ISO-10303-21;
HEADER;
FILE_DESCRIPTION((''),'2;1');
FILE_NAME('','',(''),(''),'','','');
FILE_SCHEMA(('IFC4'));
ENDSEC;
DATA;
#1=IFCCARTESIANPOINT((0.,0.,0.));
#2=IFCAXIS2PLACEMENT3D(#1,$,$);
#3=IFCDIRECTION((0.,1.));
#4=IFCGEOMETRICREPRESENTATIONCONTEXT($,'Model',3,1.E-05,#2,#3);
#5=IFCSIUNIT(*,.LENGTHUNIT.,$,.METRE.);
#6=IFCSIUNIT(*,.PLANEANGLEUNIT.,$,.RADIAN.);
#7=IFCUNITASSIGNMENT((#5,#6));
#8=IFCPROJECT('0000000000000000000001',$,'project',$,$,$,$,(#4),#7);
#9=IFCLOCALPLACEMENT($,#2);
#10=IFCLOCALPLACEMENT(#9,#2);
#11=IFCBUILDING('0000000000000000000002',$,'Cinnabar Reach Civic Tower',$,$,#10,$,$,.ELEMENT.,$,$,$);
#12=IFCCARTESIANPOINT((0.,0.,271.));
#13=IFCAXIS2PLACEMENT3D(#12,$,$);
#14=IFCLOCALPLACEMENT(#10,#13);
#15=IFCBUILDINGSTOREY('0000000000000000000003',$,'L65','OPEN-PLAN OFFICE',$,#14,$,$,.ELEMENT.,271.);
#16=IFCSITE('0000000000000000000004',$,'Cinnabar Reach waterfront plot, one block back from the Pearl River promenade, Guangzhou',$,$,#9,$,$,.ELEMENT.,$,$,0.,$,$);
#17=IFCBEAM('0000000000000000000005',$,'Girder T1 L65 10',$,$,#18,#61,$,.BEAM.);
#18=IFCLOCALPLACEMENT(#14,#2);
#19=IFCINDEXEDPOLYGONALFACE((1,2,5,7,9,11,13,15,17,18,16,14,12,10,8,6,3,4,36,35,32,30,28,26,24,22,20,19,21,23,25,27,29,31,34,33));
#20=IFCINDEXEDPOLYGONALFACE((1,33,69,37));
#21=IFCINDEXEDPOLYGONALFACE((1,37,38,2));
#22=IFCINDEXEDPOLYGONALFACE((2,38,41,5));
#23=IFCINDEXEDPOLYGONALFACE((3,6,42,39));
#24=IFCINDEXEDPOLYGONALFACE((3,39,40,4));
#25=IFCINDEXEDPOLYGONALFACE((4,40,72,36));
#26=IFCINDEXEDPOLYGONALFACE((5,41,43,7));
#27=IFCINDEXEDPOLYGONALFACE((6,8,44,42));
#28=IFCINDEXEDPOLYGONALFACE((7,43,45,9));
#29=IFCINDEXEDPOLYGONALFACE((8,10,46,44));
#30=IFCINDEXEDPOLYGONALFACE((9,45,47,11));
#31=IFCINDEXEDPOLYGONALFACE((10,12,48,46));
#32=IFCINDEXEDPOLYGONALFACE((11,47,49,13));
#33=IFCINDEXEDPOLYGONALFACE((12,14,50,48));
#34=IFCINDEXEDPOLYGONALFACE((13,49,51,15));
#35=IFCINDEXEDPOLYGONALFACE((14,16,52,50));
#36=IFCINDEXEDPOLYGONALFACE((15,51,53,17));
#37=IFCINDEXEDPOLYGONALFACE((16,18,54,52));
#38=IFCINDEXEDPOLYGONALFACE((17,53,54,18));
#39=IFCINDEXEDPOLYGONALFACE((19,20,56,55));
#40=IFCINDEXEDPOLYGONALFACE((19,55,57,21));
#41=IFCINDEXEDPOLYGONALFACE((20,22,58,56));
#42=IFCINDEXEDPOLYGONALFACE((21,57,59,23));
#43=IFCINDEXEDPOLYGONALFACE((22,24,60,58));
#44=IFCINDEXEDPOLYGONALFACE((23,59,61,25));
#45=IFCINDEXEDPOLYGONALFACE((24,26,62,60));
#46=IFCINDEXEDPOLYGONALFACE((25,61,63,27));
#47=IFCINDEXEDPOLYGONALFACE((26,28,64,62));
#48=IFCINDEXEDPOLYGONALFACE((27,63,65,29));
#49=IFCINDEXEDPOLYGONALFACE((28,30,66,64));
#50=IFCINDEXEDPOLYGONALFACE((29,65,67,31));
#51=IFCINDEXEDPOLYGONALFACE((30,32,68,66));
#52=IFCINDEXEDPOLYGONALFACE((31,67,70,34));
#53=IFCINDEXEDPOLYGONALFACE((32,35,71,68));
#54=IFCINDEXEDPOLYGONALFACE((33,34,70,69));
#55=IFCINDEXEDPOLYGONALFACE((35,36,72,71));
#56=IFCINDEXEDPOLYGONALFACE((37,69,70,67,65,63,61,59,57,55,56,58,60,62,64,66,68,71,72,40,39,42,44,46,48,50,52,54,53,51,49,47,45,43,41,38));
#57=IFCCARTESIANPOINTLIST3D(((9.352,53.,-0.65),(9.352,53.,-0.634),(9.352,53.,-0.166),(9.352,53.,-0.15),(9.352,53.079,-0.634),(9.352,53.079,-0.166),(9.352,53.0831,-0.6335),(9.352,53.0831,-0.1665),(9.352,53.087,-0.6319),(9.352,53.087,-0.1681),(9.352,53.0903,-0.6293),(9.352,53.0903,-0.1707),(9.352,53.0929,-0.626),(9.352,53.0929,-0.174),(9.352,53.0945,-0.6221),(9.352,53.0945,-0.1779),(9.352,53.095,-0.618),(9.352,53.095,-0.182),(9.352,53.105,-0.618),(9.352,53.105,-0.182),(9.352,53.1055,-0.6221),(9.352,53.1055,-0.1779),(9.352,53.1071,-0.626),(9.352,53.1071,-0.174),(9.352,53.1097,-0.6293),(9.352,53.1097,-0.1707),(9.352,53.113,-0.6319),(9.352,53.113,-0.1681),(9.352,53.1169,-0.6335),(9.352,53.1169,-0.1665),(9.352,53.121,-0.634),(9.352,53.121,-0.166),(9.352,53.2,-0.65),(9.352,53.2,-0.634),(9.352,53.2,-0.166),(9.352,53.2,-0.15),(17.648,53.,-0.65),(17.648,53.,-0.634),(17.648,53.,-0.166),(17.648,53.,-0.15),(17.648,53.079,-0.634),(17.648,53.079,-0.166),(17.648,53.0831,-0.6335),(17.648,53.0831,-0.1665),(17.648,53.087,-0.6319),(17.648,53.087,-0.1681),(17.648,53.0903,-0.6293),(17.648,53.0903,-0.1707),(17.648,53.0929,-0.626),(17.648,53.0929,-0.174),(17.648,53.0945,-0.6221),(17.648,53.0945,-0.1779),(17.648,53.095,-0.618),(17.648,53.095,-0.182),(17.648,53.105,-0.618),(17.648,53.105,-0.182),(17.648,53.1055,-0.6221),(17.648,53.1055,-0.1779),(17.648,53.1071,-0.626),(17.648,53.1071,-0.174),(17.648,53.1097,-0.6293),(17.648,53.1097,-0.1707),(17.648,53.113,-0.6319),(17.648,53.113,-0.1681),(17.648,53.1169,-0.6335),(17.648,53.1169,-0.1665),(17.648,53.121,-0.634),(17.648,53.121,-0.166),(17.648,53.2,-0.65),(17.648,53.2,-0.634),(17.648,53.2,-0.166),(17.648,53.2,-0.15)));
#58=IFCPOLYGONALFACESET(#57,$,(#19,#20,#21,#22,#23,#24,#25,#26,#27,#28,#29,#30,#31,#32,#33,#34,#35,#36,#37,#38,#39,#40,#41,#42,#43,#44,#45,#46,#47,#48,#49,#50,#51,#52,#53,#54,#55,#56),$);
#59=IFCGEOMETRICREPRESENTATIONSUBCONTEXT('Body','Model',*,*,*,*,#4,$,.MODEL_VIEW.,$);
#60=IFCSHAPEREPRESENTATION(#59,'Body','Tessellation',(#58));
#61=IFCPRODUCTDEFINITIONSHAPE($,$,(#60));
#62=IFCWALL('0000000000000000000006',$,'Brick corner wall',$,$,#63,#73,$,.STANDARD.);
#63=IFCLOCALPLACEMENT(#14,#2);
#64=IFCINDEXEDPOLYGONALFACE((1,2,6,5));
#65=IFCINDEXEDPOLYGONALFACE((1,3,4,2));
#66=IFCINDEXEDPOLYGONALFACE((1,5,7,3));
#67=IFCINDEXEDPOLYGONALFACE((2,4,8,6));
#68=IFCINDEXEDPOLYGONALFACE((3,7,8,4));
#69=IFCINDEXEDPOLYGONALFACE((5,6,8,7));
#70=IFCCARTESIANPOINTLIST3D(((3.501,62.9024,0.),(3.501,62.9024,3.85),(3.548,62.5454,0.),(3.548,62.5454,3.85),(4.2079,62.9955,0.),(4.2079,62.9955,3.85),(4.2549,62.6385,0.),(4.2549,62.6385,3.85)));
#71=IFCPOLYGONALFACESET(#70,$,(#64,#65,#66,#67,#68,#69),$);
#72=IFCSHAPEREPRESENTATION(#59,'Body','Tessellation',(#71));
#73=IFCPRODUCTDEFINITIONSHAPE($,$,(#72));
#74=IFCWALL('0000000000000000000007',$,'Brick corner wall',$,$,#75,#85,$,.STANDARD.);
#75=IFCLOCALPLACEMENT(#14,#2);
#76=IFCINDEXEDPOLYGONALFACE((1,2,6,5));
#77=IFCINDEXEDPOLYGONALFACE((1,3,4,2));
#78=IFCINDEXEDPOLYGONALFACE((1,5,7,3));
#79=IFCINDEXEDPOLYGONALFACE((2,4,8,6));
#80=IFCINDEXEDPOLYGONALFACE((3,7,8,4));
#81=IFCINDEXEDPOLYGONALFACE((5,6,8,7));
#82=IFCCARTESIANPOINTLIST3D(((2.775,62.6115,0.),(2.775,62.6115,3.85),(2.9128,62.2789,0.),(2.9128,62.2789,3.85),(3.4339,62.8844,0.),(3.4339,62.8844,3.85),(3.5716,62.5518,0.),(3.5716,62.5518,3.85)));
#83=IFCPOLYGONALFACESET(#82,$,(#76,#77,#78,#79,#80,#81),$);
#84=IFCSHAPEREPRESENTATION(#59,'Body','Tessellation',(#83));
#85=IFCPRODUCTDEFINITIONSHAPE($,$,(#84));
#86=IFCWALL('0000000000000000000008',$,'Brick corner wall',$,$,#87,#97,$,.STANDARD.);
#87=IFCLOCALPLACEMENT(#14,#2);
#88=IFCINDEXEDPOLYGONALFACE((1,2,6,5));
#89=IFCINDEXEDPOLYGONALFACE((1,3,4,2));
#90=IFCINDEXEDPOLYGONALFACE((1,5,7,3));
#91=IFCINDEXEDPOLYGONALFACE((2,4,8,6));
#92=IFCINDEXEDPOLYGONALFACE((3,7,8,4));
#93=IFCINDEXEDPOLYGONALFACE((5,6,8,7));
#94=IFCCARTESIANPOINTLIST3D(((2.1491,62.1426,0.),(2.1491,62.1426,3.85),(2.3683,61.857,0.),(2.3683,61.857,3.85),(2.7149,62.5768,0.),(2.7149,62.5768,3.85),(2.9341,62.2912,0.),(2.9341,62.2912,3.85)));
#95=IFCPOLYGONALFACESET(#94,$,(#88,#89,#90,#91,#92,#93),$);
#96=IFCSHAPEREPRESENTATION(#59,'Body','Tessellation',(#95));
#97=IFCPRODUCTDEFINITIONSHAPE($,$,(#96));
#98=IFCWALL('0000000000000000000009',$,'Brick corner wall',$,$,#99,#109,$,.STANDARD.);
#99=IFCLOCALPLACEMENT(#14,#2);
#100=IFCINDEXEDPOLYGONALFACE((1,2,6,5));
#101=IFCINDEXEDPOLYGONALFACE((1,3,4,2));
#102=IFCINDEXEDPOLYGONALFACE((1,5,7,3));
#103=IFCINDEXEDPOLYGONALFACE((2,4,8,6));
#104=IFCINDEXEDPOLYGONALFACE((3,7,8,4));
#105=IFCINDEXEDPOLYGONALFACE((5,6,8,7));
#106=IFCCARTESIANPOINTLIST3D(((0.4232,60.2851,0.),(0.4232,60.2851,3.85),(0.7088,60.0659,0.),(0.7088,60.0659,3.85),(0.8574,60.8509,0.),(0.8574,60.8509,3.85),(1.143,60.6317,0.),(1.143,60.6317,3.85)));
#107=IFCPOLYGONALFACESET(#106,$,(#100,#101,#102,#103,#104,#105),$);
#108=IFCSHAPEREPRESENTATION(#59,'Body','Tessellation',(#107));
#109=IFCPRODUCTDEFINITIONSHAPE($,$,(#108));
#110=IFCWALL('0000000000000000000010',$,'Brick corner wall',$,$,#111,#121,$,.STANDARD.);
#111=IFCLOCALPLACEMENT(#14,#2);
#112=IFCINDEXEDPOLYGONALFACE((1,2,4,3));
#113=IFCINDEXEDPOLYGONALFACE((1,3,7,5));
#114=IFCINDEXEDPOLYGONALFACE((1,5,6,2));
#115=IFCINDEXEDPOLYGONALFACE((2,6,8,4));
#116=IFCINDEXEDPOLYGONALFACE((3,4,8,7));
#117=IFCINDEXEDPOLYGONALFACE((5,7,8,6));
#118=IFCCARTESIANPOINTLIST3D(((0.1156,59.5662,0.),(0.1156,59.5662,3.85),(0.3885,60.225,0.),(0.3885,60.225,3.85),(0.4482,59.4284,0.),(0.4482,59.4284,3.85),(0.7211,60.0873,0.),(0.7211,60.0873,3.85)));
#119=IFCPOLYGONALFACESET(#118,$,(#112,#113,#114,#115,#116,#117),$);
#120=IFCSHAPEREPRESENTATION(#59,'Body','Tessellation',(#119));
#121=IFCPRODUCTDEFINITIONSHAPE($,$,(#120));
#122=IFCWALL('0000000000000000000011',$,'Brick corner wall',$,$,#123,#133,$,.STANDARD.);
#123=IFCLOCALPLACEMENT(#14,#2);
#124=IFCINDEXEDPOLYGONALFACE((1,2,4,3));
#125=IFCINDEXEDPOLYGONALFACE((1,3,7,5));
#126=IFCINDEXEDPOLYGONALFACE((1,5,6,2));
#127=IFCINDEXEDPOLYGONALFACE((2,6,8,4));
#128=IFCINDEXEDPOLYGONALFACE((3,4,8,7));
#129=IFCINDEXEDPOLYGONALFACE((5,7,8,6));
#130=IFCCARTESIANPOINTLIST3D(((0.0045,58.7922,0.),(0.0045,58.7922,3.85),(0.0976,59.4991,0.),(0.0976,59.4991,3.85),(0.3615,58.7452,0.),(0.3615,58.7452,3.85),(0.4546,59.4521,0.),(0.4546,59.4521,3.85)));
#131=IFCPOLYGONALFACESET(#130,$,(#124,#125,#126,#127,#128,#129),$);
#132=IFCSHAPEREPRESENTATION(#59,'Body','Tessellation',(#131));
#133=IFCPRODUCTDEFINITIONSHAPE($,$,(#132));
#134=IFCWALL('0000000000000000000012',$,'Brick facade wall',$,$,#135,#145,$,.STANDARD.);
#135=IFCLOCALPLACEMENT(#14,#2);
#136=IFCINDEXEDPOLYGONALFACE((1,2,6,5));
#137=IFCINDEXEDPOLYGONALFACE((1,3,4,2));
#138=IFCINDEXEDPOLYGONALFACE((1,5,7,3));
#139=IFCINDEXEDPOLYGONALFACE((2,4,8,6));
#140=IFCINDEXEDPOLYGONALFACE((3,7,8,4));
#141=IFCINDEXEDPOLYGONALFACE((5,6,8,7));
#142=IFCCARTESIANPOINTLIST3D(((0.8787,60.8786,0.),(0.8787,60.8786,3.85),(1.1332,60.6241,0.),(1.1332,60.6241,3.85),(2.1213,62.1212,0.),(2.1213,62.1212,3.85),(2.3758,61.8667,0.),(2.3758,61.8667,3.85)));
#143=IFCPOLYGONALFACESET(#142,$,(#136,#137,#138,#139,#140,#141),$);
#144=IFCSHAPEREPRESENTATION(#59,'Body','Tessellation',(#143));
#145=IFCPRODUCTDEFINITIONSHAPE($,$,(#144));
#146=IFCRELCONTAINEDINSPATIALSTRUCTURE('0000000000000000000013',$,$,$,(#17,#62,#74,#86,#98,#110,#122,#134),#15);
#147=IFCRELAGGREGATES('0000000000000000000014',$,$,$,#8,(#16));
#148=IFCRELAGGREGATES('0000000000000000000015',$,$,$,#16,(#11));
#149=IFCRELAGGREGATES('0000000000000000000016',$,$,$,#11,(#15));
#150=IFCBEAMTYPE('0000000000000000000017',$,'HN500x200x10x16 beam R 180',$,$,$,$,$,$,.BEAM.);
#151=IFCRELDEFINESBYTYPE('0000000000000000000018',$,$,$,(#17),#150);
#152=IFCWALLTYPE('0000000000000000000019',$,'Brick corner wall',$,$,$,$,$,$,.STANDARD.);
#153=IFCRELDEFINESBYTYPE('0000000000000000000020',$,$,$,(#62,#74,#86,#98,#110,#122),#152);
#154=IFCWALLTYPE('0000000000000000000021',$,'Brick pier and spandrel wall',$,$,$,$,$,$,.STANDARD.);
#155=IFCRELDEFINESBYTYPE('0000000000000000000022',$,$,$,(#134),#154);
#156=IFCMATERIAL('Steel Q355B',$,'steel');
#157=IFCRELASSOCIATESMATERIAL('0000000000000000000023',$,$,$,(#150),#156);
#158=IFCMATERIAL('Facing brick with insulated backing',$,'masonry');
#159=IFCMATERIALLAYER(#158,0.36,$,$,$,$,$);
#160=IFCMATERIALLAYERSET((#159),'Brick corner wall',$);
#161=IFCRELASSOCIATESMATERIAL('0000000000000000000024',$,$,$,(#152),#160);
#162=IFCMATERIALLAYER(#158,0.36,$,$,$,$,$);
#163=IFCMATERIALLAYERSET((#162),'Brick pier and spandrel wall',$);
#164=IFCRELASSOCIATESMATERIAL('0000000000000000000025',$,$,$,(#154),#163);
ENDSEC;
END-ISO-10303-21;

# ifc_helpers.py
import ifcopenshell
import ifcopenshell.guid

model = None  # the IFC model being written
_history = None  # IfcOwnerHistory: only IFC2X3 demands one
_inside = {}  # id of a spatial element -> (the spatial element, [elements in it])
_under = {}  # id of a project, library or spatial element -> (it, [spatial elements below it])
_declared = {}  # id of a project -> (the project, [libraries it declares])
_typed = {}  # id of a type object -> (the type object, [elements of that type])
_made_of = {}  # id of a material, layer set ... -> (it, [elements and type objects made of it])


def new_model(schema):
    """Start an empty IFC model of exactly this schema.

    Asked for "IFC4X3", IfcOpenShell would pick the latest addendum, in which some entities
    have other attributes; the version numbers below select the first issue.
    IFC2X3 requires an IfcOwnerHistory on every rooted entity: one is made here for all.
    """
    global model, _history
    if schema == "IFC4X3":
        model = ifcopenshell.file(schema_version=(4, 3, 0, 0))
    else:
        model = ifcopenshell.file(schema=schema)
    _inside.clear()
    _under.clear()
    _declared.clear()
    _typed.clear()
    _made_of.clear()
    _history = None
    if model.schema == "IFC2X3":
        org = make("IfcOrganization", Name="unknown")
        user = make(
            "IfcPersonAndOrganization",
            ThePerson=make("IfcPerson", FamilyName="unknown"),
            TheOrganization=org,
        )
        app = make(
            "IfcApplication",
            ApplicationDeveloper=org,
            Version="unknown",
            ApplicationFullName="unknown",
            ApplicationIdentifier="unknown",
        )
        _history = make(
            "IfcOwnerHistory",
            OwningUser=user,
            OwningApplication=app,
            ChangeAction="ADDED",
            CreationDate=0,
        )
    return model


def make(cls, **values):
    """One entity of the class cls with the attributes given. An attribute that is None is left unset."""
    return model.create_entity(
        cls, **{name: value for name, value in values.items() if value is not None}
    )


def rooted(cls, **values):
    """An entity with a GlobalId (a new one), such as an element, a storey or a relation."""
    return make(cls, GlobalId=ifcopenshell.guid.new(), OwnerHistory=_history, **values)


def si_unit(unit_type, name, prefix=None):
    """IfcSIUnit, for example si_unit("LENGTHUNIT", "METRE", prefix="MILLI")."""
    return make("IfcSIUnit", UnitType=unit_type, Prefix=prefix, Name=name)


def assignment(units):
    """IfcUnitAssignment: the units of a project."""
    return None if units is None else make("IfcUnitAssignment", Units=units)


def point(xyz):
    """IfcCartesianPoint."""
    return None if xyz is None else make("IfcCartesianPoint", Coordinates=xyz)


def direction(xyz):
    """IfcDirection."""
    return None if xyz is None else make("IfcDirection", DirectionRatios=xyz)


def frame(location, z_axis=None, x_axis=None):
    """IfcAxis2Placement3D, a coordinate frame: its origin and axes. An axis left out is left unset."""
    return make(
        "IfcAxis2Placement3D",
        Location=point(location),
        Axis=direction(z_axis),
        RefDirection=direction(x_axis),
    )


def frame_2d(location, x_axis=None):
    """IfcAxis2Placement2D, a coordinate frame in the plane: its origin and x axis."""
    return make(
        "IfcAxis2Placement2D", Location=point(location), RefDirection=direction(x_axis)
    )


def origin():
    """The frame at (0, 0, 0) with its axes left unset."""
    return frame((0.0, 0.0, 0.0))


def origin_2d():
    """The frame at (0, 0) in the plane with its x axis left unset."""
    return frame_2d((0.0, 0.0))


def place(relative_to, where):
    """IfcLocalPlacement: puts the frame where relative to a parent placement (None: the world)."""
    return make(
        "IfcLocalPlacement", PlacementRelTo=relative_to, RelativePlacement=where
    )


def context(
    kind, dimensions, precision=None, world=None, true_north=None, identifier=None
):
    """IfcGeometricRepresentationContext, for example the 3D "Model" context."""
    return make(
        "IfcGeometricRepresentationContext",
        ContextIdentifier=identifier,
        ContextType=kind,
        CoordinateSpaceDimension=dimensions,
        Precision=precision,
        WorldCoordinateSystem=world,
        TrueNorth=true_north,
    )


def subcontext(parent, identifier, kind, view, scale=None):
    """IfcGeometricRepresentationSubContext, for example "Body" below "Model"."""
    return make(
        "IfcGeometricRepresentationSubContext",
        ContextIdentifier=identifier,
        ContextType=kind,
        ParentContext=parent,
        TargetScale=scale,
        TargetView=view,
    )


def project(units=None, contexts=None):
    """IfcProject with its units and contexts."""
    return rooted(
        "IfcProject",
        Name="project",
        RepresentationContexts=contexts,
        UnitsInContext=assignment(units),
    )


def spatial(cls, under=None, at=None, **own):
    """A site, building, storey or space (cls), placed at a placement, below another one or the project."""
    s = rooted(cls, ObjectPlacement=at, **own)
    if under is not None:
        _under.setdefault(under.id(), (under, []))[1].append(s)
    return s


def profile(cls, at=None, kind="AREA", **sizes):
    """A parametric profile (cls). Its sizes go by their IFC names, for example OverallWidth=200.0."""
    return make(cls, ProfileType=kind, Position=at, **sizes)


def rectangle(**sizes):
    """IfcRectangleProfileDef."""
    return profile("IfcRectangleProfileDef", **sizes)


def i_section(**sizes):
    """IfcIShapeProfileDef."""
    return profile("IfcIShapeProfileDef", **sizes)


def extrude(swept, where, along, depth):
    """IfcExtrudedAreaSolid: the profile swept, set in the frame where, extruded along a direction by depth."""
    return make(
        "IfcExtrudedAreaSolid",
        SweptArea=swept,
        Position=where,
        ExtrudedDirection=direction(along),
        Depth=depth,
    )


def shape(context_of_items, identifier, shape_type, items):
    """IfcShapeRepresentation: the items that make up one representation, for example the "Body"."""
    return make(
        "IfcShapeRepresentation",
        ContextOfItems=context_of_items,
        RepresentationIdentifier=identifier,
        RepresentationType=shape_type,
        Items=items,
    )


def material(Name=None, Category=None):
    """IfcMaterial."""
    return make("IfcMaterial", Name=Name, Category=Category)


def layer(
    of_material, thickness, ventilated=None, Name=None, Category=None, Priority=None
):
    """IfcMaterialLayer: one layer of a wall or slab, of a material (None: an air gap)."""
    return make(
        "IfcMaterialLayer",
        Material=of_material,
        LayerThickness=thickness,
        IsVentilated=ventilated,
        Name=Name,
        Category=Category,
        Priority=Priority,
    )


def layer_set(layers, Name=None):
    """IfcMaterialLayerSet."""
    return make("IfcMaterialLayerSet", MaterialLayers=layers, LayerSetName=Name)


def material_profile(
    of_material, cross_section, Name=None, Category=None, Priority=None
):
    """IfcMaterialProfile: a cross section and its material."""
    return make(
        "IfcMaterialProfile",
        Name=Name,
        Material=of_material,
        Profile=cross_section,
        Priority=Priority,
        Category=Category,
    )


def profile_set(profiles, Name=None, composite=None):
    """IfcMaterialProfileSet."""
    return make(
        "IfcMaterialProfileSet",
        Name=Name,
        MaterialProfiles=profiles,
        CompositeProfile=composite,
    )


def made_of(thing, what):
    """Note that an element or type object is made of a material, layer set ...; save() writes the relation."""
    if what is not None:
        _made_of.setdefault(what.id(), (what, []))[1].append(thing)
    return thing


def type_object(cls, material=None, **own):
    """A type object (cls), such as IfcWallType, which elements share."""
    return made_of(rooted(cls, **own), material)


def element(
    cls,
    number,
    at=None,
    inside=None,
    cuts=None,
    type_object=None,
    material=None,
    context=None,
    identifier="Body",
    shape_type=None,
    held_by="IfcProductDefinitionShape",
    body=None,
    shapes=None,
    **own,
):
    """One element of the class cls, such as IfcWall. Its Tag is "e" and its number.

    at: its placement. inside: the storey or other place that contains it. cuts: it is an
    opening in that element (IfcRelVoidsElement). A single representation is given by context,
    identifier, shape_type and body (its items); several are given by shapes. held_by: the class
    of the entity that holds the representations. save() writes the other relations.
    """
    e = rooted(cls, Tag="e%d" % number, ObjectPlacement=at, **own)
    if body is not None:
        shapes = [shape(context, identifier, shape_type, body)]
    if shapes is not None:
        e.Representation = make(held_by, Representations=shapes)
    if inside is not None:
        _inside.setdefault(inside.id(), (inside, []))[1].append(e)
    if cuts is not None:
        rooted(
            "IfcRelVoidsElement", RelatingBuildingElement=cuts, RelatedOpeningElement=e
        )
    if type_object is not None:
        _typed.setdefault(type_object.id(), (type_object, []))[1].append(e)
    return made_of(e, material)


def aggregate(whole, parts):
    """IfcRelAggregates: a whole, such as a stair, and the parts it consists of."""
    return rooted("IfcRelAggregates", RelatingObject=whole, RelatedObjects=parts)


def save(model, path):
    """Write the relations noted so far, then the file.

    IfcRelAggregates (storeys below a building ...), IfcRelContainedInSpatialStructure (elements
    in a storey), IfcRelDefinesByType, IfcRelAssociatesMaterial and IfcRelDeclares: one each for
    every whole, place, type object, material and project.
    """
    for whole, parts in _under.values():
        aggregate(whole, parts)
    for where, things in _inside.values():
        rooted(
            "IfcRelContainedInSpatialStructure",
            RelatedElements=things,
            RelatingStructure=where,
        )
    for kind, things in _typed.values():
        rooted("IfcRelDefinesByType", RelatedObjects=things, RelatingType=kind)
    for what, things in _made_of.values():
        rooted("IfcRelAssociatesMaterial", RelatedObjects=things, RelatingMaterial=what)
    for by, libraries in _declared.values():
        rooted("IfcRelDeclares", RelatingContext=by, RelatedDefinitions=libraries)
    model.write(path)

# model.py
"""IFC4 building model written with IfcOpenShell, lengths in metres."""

from ifc_helpers import new_model, si_unit, direction, frame, frame_2d, origin, origin_2d, place, context, subcontext, project, spatial, rectangle, i_section, extrude, material, layer, layer_set, material_profile, profile_set, type_object, element, save


model = new_model("IFC4")

# Units and contexts
model_context = context("Model", 3, precision=1e-05, world=origin(), true_north=direction((0.0, 1.0)))
body_context = subcontext(model_context, "Body", "Model", "MODEL_VIEW")
ifc_project = project(units=[si_unit("LENGTHUNIT", "METRE"), si_unit("PLANEANGLEUNIT", "RADIAN")], contexts=[model_context])

# Site, building, storey
site_placement = place(None, origin())
site = spatial("IfcSite", under=ifc_project, at=site_placement, Name="Cinnabar Reach waterfront plot, one block back from the Pearl River promenade, Guangzhou", CompositionType="ELEMENT", RefElevation=0.0)
building_placement = place(site_placement, origin())
building = spatial("IfcBuilding", under=site, at=building_placement, Name="Cinnabar Reach Civic Tower", CompositionType="ELEMENT")
storey_placement = place(building_placement, frame((0.0, 0.0, 271.0)))
storey = spatial("IfcBuildingStorey", under=building, at=storey_placement, Name="L65", Description="OPEN-PLAN OFFICE", CompositionType="ELEMENT", Elevation=271.0)

# Beam
ifc_material_1 = material(Name="Steel Q355B", Category="steel")
ifc_material_profile_1 = material_profile(ifc_material_1, i_section(OverallWidth=0.2, OverallDepth=0.5, WebThickness=0.01, FlangeThickness=0.016, FilletRadius=0.016, at=origin_2d()), Name="HN500x200x10x16")
ifc_profile_set_1 = profile_set([ifc_material_profile_1], Name="Steel Q355B")
beam_type_1 = type_object("IfcBeamType", Name="HN500x200x10x16 beam R 180", PredefinedType="BEAM", material=ifc_profile_set_1)
beam_1_placement = place(storey_placement, frame((9.352, 53.1, -0.4), z_axis=(1.0, 0.0, 0.0), x_axis=(0.0, 1.0, 0.0)))
element("IfcBeam", 1, at=beam_1_placement, inside=storey, type_object=beam_type_1, Name="Girder T1 L65 10", PredefinedType="BEAM", context=body_context, shape_type="SweptSolid", body=[
    extrude(i_section(OverallWidth=0.2, OverallDepth=0.5, WebThickness=0.01, FlangeThickness=0.016, FilletRadius=0.016, at=origin_2d()), origin(), (0.0, 0.0, 1.0), 8.296),
])

# Walls
ifc_material_2 = material(Name="Facing brick with insulated backing", Category="masonry")
ifc_layer_1 = layer(ifc_material_2, 0.36)
ifc_layer_set_1 = layer_set([ifc_layer_1], Name="Brick corner wall")
wall_type_1 = type_object("IfcWallType", Name="Brick corner wall", PredefinedType="STANDARD", material=ifc_layer_set_1)
for number, where, z_axis, x_axis, name in (
    (2, (4.2314, 62.817, 0.0), (0.0, 0.0, 1.0), (-0.991441, -0.130556, 0.0), "Brick corner wall"),
    (3, (3.5027, 62.7181, 0.0), (0.0, 0.0, 1.0), (-0.923872, -0.382703, 0.0), "Brick corner wall"),
):
    element("IfcWall", number, at=place(storey_placement, frame(where, z_axis=z_axis, x_axis=x_axis)), inside=storey, type_object=wall_type_1, Name=name, PredefinedType="STANDARD", context=body_context, shape_type="SweptSolid", body=[
        extrude(rectangle(XDim=0.7131, YDim=0.36, at=frame_2d((0.3565, 0.0))), origin(), (0.0, 0.0, 1.0), 3.85),
    ])
for number, where, z_axis, x_axis, name in (
    (4, (2.8245, 62.434, 0.0), (0.0, 0.0, 1.0), (-0.793322, -0.608802, 0.0), "Brick corner wall"),
    (5, (1.0002, 60.7413, 0.0), (0.0, 0.0, 1.0), (-0.608802, -0.793322, 0.0), "Brick corner wall"),
):
    element("IfcWall", number, at=place(storey_placement, frame(where, z_axis=z_axis, x_axis=x_axis)), inside=storey, type_object=wall_type_1, Name=name, PredefinedType="STANDARD", context=body_context, shape_type="SweptSolid", body=[
        extrude(rectangle(XDim=0.7132, YDim=0.36, at=frame_2d((0.3566, 0.0))), origin(), (0.0, 0.0, 1.0), 3.85),
    ])
for number, where, z_axis, x_axis, name in (
    (6, (0.5548, 60.1561, 0.0), (0.0, 0.0, 1.0), (-0.382703, -0.923872, 0.0), "Brick corner wall"),
    (7, (0.2761, 59.4756, 0.0), (0.0, 0.0, 1.0), (-0.130556, -0.991441, 0.0), "Brick corner wall"),
):
    element("IfcWall", number, at=place(storey_placement, frame(where, z_axis=z_axis, x_axis=x_axis)), inside=storey, type_object=wall_type_1, Name=name, PredefinedType="STANDARD", context=body_context, shape_type="SweptSolid", body=[
        extrude(rectangle(XDim=0.7131, YDim=0.36, at=frame_2d((0.3565, 0.0))), origin(), (0.0, 0.0, 1.0), 3.85),
    ])
ifc_layer_2 = layer(ifc_material_2, 0.36)
ifc_layer_set_2 = layer_set([ifc_layer_2], Name="Brick pier and spandrel wall")
wall_type_2 = type_object("IfcWallType", Name="Brick pier and spandrel wall", PredefinedType="STANDARD", material=ifc_layer_set_2)
wall_1_placement = place(storey_placement, frame((2.2486, 61.994, 0.0), z_axis=(0.0, 0.0, 1.0), x_axis=(-0.707107, -0.707107, 0.0)))
element("IfcWall", 8, at=wall_1_placement, inside=storey, type_object=wall_type_2, Name="Brick facade wall", PredefinedType="STANDARD", context=body_context, shape_type="SweptSolid", body=[
    extrude(rectangle(XDim=1.7573, YDim=0.36, at=frame_2d((0.8787, 0.0))), origin(), (0.0, 0.0, 1.0), 3.85),
])

save(model, "model.ifc")
